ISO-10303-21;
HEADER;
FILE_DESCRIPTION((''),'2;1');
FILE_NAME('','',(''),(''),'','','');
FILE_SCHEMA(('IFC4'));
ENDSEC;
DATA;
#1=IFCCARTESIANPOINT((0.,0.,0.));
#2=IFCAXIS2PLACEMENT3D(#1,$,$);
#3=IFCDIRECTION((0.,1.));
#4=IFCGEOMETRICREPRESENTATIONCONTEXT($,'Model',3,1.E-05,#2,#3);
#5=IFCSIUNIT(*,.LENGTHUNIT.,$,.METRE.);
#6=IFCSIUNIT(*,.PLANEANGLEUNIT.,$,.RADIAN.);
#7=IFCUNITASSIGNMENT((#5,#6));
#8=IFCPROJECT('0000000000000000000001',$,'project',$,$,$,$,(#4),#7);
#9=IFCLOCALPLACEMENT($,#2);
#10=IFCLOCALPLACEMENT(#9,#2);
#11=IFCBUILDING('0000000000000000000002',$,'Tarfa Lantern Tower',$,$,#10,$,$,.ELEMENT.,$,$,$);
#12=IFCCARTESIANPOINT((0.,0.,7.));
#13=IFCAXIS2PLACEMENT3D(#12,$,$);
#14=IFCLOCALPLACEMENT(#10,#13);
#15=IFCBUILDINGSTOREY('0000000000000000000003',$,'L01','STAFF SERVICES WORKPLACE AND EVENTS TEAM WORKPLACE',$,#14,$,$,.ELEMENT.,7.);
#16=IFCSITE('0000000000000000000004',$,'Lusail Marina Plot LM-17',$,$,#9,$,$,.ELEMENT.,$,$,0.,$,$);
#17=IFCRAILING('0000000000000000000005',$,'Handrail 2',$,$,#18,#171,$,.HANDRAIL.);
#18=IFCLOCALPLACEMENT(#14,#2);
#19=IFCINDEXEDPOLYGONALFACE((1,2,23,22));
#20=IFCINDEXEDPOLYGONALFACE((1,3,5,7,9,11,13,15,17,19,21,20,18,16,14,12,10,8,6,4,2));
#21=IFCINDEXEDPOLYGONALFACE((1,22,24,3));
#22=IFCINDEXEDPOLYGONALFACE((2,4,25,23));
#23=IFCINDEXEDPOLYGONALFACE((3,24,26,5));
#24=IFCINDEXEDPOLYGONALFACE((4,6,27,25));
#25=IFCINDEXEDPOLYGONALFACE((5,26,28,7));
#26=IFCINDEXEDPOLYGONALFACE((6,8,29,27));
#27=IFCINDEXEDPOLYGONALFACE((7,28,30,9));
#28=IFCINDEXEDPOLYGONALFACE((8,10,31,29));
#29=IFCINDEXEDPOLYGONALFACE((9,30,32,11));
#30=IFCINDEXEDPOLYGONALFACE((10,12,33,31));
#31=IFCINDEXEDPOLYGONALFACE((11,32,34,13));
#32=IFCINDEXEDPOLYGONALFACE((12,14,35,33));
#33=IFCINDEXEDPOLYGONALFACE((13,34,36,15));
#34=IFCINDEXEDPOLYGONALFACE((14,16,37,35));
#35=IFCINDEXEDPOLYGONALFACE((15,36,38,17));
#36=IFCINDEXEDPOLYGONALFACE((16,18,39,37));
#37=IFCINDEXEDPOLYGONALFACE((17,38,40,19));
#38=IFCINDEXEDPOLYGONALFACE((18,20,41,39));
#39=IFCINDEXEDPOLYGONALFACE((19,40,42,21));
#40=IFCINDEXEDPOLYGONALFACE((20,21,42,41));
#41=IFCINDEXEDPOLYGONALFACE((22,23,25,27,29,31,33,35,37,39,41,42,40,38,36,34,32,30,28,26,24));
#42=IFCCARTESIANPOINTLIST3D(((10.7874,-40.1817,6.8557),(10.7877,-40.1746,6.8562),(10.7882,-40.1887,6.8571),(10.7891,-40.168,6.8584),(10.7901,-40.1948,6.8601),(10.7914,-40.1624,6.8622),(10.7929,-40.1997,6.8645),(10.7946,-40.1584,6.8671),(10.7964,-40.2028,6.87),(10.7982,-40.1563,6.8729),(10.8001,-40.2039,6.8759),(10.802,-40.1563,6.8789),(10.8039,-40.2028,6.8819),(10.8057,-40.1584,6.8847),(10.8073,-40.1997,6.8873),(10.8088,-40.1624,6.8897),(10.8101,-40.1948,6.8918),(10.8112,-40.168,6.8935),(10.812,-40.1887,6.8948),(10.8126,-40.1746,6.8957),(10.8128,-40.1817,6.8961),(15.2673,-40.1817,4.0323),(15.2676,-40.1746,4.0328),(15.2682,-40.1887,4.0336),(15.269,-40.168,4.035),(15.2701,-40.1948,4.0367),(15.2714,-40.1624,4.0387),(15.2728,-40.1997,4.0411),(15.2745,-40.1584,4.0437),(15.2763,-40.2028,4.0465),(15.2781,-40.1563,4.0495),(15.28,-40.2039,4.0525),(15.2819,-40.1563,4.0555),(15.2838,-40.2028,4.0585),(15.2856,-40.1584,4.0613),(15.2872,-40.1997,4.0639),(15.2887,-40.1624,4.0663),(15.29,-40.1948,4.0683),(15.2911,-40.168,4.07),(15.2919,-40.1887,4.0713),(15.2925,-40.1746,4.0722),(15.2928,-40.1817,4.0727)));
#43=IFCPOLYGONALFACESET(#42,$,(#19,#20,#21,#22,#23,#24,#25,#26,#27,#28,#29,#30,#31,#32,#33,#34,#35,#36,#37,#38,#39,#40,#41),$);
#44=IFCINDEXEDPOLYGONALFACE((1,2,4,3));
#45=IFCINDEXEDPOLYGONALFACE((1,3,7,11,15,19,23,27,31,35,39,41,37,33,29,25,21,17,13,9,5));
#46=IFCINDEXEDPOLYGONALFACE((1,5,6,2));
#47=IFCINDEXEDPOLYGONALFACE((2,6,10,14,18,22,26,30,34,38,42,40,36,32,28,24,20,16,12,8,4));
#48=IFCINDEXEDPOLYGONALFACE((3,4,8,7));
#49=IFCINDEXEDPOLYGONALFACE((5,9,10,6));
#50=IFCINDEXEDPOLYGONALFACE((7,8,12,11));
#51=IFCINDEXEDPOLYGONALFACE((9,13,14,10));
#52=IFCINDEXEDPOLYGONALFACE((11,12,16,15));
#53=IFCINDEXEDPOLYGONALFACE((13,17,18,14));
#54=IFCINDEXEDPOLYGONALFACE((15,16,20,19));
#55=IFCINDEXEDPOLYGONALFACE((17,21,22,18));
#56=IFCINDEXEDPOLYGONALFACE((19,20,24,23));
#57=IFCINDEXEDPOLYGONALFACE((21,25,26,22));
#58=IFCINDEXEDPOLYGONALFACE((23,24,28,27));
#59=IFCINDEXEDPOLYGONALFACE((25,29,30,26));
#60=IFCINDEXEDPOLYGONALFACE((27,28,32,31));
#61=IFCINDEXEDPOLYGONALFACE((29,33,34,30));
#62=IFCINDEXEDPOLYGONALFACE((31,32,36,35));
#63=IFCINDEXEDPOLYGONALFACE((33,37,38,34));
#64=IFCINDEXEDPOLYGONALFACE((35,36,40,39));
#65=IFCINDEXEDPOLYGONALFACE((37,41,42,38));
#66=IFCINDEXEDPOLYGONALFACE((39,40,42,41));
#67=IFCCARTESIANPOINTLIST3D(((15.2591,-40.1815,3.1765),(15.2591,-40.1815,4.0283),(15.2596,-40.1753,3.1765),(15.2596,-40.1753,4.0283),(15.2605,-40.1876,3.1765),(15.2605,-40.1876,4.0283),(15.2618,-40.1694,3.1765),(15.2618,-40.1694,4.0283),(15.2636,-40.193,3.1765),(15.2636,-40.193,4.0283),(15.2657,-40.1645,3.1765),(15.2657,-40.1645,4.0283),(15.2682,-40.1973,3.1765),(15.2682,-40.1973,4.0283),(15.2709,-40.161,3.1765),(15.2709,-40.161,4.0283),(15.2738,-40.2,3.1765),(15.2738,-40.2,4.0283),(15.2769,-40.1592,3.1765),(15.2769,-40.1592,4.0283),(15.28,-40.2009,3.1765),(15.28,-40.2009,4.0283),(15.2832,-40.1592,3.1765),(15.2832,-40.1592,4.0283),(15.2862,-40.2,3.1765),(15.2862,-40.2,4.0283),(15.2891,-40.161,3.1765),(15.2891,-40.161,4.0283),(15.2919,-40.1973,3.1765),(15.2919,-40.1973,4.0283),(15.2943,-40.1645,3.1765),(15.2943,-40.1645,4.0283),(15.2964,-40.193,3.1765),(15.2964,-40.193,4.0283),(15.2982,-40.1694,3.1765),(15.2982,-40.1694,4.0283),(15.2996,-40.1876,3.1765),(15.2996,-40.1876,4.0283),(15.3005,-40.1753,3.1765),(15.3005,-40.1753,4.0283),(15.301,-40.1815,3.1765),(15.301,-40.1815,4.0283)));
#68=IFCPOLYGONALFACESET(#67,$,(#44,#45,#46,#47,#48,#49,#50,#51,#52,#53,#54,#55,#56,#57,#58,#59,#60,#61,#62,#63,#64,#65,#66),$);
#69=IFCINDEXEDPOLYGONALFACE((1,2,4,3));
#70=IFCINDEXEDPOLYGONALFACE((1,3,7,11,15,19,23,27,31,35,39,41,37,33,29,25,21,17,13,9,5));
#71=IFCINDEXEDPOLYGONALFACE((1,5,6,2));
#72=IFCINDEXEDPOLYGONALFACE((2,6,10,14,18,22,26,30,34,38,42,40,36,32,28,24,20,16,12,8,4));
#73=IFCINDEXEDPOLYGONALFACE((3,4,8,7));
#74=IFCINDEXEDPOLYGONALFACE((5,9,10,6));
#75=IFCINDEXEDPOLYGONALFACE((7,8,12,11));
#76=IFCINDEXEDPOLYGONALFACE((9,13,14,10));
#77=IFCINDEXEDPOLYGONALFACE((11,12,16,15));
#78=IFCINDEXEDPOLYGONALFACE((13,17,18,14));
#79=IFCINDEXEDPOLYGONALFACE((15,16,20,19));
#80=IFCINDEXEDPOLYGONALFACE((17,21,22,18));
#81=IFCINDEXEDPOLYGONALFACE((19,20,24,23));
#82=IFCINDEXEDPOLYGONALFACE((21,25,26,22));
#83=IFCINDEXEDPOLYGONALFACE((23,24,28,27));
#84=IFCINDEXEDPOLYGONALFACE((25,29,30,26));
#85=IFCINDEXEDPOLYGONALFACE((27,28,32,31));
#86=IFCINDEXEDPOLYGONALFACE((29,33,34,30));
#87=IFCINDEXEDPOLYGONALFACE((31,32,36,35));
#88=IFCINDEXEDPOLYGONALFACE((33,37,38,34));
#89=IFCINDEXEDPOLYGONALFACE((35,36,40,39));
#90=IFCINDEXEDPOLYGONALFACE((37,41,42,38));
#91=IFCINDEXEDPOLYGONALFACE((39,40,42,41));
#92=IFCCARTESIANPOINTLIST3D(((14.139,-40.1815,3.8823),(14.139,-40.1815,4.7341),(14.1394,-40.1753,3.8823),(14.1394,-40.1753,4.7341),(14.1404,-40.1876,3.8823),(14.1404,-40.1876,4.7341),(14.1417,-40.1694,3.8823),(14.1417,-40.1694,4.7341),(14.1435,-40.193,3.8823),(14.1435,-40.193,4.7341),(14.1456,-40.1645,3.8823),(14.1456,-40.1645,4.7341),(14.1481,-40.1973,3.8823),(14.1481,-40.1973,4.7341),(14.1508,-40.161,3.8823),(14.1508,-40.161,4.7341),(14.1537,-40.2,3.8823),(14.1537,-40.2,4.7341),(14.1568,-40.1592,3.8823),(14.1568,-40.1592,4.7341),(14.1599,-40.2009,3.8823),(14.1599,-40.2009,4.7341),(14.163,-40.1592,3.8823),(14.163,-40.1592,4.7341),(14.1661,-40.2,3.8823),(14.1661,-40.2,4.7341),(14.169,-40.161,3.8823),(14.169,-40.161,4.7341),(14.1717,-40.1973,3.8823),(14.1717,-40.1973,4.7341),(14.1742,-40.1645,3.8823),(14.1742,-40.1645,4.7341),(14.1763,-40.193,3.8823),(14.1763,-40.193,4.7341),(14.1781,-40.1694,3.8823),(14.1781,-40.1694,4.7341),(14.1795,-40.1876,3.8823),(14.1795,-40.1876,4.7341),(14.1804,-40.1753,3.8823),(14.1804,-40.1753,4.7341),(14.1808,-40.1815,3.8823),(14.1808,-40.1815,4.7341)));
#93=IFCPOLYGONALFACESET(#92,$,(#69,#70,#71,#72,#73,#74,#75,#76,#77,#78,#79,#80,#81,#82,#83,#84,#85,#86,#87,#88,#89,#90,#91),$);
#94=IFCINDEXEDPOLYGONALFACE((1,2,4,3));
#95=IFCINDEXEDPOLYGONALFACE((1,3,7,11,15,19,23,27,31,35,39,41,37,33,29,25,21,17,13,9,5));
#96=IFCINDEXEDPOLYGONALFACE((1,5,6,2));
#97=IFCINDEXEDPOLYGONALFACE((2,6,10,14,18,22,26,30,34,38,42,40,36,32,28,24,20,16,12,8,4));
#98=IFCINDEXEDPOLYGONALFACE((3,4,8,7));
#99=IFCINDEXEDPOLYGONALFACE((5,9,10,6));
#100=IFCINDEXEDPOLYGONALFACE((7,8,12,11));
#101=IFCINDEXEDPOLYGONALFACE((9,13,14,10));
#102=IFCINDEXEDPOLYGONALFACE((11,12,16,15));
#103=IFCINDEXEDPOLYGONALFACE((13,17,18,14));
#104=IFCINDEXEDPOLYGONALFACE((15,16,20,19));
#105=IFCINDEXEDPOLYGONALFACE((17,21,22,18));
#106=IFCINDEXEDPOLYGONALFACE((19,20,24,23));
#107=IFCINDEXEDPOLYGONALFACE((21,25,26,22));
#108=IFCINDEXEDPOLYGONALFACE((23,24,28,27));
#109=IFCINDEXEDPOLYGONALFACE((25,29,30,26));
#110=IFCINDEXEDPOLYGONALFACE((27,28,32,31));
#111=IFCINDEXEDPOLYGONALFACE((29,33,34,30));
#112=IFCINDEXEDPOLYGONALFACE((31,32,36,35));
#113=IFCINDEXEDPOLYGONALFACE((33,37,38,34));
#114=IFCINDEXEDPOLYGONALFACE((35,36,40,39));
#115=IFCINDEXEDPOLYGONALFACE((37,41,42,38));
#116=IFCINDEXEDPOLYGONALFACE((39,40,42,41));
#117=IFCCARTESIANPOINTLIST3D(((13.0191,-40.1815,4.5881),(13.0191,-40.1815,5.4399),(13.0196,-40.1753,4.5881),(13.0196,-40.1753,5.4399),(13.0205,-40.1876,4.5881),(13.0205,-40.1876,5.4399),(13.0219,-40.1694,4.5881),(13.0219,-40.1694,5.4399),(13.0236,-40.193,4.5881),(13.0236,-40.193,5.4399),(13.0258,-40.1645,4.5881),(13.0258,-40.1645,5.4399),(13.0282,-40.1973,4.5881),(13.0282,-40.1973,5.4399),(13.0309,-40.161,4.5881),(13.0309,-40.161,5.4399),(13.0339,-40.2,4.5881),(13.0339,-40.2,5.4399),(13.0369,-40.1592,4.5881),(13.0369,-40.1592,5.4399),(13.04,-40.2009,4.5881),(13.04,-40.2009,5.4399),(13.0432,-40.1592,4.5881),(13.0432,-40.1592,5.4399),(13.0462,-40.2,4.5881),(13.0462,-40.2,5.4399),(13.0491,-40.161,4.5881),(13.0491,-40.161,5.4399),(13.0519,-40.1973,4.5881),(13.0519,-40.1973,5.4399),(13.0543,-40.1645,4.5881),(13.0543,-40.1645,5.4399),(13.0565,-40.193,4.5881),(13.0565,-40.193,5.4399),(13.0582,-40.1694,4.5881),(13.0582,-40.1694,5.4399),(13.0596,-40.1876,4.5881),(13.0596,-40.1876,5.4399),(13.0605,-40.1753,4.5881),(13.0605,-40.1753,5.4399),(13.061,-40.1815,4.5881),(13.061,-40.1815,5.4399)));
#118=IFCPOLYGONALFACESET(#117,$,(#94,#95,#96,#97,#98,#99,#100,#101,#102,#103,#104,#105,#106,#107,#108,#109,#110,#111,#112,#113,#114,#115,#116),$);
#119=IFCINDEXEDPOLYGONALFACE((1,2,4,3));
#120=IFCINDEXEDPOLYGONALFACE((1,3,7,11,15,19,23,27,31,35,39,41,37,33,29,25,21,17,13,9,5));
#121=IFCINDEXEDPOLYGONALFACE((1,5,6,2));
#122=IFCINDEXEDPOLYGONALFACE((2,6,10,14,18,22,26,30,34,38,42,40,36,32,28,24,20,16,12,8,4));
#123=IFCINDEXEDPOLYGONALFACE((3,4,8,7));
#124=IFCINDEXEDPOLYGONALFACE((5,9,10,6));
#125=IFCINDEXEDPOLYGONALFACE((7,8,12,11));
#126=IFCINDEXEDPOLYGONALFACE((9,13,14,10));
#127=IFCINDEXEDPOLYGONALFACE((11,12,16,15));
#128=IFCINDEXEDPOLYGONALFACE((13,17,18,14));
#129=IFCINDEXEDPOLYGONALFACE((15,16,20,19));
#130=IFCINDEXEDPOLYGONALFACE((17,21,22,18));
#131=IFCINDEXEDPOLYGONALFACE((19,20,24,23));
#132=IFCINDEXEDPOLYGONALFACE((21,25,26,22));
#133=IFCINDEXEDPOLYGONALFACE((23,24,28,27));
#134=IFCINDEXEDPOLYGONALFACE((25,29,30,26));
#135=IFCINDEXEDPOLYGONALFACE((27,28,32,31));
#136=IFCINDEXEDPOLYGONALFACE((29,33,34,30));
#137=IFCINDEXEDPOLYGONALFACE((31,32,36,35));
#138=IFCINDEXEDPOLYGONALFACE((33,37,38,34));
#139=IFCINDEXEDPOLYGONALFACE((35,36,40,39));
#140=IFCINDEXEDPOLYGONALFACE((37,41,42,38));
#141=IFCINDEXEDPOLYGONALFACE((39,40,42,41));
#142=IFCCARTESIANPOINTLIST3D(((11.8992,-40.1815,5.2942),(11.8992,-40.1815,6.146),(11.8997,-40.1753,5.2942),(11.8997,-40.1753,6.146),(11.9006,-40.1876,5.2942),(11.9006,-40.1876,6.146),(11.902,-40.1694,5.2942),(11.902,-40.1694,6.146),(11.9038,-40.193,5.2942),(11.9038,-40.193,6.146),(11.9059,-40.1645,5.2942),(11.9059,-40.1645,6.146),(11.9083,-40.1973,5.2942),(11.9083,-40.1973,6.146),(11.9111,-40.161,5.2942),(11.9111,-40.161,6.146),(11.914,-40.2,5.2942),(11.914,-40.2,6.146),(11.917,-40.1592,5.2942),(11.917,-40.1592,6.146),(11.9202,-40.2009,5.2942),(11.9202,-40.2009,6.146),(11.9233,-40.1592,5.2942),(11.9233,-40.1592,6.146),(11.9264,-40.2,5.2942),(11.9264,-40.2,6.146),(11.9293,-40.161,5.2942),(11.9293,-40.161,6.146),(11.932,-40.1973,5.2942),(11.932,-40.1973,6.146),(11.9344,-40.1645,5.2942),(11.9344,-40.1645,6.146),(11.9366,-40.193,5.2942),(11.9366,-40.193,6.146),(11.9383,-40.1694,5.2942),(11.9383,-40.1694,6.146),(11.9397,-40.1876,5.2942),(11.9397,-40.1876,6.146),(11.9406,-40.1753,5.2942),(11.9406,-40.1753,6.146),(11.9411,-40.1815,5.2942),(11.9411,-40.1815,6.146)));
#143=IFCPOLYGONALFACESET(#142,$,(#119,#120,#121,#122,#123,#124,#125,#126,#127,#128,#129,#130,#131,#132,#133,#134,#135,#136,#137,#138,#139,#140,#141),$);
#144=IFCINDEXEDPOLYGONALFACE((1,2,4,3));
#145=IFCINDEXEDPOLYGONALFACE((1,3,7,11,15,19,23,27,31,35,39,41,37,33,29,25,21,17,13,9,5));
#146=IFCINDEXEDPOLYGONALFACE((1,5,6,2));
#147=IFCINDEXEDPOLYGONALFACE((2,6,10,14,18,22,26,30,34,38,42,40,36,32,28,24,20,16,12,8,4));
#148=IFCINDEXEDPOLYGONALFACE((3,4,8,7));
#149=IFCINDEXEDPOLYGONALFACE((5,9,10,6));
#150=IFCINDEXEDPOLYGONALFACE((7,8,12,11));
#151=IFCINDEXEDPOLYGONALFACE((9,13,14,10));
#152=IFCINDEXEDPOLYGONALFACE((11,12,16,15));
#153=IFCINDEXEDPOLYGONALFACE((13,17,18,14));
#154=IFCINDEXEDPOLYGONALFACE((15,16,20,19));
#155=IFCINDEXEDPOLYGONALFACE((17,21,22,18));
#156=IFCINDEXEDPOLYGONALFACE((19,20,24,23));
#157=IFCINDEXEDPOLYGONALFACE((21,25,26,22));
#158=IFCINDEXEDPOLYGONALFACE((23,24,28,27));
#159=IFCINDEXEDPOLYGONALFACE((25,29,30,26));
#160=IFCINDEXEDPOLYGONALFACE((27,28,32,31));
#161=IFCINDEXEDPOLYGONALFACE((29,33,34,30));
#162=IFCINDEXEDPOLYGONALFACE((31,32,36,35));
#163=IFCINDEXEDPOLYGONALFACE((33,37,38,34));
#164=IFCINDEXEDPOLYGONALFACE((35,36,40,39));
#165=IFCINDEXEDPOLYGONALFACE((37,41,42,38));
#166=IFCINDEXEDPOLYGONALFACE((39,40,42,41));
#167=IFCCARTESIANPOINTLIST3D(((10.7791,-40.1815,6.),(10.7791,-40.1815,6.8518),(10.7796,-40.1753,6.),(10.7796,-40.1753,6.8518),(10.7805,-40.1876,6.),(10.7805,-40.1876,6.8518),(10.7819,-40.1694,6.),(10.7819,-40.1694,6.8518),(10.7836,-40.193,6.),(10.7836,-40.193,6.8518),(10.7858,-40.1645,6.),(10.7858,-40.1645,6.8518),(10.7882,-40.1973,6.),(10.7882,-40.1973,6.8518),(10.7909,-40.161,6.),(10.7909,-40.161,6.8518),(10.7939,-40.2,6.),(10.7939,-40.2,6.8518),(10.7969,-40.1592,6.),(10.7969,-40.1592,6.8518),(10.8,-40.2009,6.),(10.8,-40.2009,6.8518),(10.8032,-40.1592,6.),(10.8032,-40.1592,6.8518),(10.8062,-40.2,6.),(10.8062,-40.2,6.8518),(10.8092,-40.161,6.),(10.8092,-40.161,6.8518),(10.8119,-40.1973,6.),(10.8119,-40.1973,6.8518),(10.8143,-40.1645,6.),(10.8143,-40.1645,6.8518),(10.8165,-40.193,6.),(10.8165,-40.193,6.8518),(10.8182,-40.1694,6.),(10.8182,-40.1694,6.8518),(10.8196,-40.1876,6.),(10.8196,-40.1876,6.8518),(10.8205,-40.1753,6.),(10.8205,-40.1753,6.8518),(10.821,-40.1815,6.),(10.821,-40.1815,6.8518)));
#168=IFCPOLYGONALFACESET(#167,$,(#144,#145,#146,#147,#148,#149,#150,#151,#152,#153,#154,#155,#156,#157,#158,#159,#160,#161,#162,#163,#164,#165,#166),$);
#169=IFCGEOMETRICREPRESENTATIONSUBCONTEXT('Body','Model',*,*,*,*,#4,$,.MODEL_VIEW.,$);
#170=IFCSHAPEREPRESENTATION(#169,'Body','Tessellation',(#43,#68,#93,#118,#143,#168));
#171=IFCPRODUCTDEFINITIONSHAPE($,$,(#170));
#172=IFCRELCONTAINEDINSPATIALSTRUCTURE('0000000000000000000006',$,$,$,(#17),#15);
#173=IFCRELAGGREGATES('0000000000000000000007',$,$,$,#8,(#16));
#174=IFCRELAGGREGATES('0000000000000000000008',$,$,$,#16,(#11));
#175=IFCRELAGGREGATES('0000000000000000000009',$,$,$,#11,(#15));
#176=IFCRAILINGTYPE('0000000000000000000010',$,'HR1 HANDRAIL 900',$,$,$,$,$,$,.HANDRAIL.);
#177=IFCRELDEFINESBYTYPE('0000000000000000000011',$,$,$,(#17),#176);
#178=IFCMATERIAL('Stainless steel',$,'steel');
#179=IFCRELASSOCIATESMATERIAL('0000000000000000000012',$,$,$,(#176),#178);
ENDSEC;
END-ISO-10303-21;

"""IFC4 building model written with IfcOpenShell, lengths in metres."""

from ifc_helpers import new_model, si_unit, direction, frame, origin, origin_2d, place, context, subcontext, project, spatial, circle, extrude, material, type_object, element, save


model = new_model("IFC4")

# Units and contexts
model_context = context("Model", 3, precision=1e-05, world=origin(), true_north=direction((0.0, 1.0)))
body_context = subcontext(model_context, "Body", "Model", "MODEL_VIEW")
ifc_project = project(units=[si_unit("LENGTHUNIT", "METRE"), si_unit("PLANEANGLEUNIT", "RADIAN")], contexts=[model_context])

# Site, building, storey
site_placement = place(None, origin())
site = spatial("IfcSite", under=ifc_project, at=site_placement, Name="Lusail Marina Plot LM-17", CompositionType="ELEMENT", RefElevation=0.0)
building_placement = place(site_placement, origin())
building = spatial("IfcBuilding", under=site, at=building_placement, Name="Tarfa Lantern Tower", CompositionType="ELEMENT")
storey_placement = place(building_placement, frame((0.0, 0.0, 7.0)))
storey = spatial("IfcBuildingStorey", under=building, at=storey_placement, Name="L01", Description="STAFF SERVICES WORKPLACE AND EVENTS TEAM WORKPLACE", CompositionType="ELEMENT", Elevation=7.0)

# Railing
ifc_material_1 = material(Name="Stainless steel", Category="steel")
railing_type = type_object("IfcRailingType", Name="HR1 HANDRAIL 900", PredefinedType="HANDRAIL", material=ifc_material_1)
railing_1_placement = place(storey_placement, frame((15.28, -40.1799, 3.1765)))
element("IfcRailing", 1, at=railing_1_placement, inside=storey, type_object=railing_type, Name="Handrail 2", PredefinedType="HANDRAIL", context=body_context, shape_type="SweptSolid", body=[
    extrude(circle(Radius=0.0239, at=origin_2d()), frame((0.0, 0.0, 0.876), z_axis=(-0.845998, 0.0, 0.533186), x_axis=(0.0, -1.0, 0.0)), (0.0, 0.0, 1.0), 5.2954),
    extrude(circle(Radius=0.021, at=origin_2d()), frame((0.0, 0.0, 0.0), z_axis=(0.0, 0.0, 1.0), x_axis=(0.0, -1.0, 0.0)), (0.0, 0.0, 1.0), 0.8518),
    extrude(circle(Radius=0.021, at=origin_2d()), frame((-1.1201, 0.0, 0.7058), z_axis=(0.0, 0.0, 1.0), x_axis=(0.0, -1.0, 0.0)), (0.0, 0.0, 1.0), 0.8518),
    extrude(circle(Radius=0.021, at=origin_2d()), frame((-2.24, 0.0, 1.4116), z_axis=(0.0, 0.0, 1.0), x_axis=(0.0, -1.0, 0.0)), (0.0, 0.0, 1.0), 0.8518),
    extrude(circle(Radius=0.021, at=origin_2d()), frame((-3.3599, 0.0, 2.1177), z_axis=(0.0, 0.0, 1.0), x_axis=(0.0, -1.0, 0.0)), (0.0, 0.0, 1.0), 0.8518),
    extrude(circle(Radius=0.021, at=origin_2d()), frame((-4.48, 0.0, 2.8235), z_axis=(0.0, 0.0, 1.0), x_axis=(0.0, -1.0, 0.0)), (0.0, 0.0, 1.0), 0.8518),
])

save(model, "model.ifc")
